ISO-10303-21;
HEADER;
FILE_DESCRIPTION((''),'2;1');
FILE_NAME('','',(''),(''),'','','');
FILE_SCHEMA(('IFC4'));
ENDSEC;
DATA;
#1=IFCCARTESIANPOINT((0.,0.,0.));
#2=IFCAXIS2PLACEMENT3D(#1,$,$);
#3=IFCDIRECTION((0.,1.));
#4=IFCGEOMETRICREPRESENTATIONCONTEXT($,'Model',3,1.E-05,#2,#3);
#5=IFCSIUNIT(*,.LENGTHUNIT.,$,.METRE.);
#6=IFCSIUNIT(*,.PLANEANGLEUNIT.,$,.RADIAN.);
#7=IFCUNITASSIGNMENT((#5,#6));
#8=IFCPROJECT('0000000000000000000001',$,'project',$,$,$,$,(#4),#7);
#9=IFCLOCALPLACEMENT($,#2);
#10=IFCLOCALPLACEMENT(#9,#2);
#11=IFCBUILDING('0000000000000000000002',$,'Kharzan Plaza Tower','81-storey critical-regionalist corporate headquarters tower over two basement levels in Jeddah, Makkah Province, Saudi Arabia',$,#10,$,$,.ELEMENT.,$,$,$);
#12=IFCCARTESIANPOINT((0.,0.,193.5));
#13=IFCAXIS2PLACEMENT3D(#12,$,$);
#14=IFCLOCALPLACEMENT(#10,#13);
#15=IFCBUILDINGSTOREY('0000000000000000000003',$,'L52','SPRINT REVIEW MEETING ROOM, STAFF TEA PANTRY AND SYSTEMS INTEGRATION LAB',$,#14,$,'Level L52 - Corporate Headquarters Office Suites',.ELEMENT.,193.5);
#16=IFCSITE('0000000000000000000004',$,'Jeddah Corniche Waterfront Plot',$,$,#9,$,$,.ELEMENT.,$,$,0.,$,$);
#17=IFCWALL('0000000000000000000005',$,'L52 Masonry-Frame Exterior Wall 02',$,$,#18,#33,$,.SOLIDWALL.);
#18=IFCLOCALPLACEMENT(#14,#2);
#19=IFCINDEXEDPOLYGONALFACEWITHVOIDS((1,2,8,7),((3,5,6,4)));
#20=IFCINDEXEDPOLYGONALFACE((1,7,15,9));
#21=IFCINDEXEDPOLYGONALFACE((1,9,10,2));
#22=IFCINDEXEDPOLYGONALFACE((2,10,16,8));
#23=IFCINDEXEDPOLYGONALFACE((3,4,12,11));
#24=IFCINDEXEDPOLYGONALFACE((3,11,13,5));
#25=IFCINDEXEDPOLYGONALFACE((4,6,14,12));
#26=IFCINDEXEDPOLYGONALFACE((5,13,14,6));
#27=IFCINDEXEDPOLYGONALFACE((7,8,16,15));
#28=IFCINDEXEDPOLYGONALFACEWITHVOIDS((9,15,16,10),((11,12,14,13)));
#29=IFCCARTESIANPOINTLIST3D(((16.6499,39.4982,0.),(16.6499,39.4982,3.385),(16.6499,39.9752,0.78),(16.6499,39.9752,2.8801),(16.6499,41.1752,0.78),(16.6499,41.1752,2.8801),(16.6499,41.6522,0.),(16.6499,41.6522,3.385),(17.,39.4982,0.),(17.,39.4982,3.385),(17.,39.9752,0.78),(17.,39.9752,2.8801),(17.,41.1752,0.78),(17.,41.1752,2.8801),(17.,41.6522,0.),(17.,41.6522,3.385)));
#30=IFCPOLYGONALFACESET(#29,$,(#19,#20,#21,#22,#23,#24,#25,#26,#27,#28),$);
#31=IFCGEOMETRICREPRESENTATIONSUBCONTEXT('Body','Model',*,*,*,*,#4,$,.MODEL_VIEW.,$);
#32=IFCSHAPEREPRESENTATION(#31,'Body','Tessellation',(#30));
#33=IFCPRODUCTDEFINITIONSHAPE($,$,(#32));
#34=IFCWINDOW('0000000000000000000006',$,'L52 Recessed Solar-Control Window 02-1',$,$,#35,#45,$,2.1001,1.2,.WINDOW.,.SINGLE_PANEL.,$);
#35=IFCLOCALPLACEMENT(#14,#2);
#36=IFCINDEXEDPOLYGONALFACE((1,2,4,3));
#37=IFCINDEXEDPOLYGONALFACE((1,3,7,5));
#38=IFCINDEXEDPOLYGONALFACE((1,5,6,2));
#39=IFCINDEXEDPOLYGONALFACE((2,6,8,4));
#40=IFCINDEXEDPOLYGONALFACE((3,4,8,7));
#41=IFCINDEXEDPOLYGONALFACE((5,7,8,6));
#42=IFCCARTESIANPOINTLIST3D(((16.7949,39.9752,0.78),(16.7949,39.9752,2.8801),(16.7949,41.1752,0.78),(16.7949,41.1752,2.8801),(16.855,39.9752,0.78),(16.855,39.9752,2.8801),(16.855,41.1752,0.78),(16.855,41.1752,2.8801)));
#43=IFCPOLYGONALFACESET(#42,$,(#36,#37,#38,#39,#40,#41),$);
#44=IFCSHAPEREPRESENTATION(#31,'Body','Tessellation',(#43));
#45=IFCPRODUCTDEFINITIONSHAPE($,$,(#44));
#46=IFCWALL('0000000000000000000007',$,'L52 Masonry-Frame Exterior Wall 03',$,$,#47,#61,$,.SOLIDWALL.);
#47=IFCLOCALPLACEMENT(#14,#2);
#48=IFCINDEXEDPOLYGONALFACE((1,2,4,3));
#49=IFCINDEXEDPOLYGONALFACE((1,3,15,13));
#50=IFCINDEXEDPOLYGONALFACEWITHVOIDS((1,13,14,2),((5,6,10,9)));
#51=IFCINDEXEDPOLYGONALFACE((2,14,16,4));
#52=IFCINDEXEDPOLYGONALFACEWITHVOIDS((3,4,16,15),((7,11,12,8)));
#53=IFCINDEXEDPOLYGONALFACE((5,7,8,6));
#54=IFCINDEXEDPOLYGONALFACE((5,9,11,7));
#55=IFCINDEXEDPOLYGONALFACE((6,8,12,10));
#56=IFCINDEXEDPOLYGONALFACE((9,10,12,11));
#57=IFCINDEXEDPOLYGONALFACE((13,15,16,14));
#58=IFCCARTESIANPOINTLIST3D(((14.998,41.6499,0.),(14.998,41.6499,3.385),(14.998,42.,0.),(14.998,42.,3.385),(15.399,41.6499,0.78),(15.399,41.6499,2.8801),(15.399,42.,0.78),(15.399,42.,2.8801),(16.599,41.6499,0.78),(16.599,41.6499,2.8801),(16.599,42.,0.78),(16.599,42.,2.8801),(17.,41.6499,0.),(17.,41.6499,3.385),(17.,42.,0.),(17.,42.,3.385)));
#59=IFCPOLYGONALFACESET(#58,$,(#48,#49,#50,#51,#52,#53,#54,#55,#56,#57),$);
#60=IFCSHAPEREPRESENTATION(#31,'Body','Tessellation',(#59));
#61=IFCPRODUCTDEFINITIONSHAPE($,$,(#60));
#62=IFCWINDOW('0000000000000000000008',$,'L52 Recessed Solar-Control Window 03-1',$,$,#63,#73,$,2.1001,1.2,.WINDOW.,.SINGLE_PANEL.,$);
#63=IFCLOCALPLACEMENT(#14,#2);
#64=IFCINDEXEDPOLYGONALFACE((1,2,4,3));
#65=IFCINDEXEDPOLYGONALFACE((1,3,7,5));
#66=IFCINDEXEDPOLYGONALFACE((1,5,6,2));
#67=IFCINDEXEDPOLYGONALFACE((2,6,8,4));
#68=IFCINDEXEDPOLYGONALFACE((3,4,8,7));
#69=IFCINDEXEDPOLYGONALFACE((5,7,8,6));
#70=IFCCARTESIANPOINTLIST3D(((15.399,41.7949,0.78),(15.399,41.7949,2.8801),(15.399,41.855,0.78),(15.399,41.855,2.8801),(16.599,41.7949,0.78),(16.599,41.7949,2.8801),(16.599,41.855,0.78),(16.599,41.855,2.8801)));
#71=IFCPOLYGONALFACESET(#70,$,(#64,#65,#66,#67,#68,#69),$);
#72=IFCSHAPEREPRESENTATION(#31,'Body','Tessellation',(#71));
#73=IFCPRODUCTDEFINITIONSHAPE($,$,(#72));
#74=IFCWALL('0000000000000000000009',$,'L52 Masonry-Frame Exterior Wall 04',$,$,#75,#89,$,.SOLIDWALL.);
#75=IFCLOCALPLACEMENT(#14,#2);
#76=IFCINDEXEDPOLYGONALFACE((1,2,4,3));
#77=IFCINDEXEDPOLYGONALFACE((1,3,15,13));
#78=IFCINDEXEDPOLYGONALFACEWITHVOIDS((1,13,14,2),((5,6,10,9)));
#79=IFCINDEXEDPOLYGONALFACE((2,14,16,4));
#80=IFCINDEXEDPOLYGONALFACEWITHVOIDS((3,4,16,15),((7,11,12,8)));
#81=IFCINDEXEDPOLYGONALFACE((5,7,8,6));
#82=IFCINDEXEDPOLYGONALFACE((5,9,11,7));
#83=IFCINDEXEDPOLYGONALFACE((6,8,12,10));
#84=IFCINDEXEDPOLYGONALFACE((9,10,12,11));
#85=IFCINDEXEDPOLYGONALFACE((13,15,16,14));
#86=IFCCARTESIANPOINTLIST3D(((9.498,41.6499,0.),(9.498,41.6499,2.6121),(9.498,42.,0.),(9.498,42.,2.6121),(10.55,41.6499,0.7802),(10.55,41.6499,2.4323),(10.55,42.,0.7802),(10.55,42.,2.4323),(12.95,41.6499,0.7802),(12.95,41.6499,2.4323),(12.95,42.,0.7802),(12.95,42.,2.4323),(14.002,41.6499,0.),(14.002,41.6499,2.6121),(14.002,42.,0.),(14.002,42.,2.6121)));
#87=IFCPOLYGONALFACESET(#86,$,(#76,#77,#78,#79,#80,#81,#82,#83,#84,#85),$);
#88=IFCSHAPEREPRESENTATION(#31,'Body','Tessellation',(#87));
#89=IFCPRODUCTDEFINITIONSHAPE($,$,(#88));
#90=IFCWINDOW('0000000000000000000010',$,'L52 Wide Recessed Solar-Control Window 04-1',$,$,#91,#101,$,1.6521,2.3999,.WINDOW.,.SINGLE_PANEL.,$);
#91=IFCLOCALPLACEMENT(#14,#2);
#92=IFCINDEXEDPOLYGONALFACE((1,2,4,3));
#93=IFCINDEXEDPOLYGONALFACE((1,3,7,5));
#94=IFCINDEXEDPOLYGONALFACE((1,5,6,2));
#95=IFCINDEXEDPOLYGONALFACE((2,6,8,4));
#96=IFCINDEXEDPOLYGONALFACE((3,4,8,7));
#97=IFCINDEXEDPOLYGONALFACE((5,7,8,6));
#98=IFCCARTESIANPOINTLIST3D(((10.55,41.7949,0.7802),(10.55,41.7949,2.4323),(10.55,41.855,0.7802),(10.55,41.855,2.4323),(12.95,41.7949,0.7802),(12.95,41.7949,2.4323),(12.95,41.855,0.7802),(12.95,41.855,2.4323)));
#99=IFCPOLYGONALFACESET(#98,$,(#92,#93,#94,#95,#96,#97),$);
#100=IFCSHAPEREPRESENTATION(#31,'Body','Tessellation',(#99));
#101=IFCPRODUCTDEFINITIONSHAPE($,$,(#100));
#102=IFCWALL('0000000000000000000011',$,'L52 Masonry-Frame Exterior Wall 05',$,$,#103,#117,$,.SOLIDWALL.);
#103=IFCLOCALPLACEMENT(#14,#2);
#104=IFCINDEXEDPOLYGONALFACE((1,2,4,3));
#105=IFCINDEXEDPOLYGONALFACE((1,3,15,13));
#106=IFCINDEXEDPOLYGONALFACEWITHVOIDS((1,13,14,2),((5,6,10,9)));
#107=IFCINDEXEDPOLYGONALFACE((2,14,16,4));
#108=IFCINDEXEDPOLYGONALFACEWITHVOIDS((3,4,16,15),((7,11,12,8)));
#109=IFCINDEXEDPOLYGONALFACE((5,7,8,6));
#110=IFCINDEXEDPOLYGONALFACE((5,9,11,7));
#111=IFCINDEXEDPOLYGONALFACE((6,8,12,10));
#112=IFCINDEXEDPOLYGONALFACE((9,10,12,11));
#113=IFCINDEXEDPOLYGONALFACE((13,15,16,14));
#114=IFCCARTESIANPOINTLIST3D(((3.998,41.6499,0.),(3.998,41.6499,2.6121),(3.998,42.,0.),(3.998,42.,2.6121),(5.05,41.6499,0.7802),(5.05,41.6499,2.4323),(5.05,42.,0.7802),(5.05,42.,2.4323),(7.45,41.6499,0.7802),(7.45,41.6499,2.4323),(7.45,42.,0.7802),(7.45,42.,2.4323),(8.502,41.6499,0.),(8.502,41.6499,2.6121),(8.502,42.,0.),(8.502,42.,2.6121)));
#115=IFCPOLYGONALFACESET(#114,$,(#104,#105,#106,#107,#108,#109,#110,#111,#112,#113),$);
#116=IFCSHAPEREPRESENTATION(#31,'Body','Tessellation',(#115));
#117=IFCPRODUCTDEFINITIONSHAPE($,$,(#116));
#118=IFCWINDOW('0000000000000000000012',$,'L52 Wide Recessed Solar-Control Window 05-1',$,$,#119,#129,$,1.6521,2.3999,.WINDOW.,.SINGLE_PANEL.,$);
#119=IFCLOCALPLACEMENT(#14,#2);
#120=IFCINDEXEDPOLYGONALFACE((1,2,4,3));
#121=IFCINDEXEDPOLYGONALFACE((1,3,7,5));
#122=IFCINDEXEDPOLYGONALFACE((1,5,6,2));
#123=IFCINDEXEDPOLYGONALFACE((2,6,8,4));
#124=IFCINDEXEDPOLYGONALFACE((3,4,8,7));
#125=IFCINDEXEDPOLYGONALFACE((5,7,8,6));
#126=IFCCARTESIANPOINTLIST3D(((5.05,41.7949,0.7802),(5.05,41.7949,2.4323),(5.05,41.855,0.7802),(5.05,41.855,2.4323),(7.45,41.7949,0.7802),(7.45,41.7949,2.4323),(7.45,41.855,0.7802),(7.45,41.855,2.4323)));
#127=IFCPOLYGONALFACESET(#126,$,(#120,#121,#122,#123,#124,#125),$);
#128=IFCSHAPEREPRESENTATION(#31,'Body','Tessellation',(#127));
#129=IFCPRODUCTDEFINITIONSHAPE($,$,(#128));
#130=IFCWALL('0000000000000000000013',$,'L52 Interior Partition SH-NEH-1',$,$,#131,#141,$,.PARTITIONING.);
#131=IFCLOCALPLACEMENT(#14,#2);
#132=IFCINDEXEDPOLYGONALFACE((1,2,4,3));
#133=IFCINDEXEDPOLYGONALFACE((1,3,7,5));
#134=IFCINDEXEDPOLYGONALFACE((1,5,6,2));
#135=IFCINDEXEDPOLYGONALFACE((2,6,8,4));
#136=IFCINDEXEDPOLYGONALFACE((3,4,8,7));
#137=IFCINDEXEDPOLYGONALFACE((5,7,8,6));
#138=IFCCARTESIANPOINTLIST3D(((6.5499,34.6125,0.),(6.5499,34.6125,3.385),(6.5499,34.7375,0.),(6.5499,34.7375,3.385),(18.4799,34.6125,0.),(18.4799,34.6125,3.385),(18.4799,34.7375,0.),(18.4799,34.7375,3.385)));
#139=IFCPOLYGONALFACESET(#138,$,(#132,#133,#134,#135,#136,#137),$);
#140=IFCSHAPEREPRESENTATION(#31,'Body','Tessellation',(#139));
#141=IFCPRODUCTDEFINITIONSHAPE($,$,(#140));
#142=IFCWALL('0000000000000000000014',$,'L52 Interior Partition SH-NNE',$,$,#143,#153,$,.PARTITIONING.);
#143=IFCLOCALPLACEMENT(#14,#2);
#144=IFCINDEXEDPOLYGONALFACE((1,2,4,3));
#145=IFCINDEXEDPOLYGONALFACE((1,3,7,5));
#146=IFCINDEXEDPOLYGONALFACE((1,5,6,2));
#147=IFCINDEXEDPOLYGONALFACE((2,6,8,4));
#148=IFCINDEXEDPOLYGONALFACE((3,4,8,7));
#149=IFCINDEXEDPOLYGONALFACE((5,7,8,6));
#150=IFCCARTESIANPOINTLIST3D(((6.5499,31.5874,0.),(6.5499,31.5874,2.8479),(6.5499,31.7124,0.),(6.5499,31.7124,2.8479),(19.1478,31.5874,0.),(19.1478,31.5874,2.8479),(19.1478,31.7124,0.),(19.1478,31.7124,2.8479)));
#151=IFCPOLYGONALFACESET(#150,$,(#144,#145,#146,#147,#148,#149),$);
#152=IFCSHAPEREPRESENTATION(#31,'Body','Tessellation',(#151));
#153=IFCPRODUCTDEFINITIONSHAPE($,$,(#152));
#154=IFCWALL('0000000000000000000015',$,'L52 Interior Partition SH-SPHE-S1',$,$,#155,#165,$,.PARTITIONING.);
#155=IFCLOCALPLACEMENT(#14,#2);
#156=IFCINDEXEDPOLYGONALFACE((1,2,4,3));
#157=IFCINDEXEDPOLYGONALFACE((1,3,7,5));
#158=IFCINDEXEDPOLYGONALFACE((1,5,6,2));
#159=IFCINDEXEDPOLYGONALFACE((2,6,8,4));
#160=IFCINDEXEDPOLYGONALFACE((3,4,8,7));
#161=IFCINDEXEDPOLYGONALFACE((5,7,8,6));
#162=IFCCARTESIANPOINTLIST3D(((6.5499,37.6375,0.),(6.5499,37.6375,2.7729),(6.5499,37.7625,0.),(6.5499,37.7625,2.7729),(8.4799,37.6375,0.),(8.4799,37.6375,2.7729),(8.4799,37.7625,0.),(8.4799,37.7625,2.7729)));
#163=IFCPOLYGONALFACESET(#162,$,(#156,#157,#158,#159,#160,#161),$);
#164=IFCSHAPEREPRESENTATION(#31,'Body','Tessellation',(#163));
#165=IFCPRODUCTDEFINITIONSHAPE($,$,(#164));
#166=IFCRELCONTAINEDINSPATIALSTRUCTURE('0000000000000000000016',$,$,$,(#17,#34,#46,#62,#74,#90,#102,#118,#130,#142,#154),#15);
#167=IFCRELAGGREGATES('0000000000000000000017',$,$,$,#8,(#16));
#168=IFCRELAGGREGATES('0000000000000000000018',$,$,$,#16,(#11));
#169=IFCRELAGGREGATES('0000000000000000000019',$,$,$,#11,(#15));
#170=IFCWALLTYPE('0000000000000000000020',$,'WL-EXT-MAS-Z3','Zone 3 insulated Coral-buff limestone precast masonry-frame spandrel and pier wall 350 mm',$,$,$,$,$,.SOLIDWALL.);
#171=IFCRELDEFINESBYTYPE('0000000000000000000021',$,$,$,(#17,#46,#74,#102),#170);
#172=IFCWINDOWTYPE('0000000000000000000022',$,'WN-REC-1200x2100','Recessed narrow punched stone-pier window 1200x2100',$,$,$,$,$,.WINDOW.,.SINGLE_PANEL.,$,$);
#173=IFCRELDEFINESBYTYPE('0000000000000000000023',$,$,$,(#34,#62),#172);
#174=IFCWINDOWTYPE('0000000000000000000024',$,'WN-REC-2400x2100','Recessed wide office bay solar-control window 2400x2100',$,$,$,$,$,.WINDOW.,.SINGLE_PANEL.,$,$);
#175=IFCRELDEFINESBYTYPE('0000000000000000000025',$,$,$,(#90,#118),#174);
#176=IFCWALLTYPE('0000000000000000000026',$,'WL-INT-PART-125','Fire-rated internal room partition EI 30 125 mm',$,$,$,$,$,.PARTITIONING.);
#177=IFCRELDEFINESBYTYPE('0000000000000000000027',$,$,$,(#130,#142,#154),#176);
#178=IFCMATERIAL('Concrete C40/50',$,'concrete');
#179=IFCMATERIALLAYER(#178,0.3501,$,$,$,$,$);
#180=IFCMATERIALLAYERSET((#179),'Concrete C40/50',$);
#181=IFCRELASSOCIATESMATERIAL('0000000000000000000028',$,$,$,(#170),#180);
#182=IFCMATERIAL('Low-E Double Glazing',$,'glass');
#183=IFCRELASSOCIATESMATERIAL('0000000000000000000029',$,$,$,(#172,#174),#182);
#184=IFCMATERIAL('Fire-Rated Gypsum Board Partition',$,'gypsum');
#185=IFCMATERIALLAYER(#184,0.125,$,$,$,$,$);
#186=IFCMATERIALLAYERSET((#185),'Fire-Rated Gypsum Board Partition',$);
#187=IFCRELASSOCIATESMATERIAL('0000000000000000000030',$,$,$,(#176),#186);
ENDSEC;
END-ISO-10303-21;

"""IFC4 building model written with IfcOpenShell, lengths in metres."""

from ifc_helpers import new_model, si_unit, direction, frame, frame_2d, origin, place, context, subcontext, project, spatial, rectangle, extrude, source, transform, mapped, material, layer, layer_set, type_object, element, fill, save


model = new_model("IFC4")

# Units and contexts
model_context = context("Model", 3, precision=1e-05, world=origin(), true_north=direction((0.0, 1.0)))
body_context = subcontext(model_context, "Body", "Model", "MODEL_VIEW")
ifc_project = project(units=[si_unit("LENGTHUNIT", "METRE"), si_unit("PLANEANGLEUNIT", "RADIAN")], contexts=[model_context])

# Site, building, storey
site_placement = place(None, origin())
site = spatial("IfcSite", under=ifc_project, at=site_placement, Name="Jeddah Corniche Waterfront Plot", CompositionType="ELEMENT", RefElevation=0.0)
building_placement = place(site_placement, origin())
building = spatial("IfcBuilding", under=site, at=building_placement, Name="Kharzan Plaza Tower", Description="81-storey critical-regionalist corporate headquarters tower over two basement levels in Jeddah, Makkah Province, Saudi Arabia", CompositionType="ELEMENT")
storey_placement = place(building_placement, frame((0.0, 0.0, 193.5)))
storey = spatial("IfcBuildingStorey", under=building, at=storey_placement, Name="L52", Description="SPRINT REVIEW MEETING ROOM, STAFF TEA PANTRY AND SYSTEMS INTEGRATION LAB", LongName="Level L52 - Corporate Headquarters Office Suites", CompositionType="ELEMENT", Elevation=193.5)

# Walls, openings, windows
ifc_material_1 = material(Name="Concrete C40/50", Category="concrete")
ifc_layer_1 = layer(ifc_material_1, 0.3501)
ifc_layer_set_1 = layer_set([ifc_layer_1], Name="Concrete C40/50")
wall_type_1 = type_object("IfcWallType", Name="WL-EXT-MAS-Z3", Description="Zone 3 insulated Coral-buff limestone precast masonry-frame spandrel and pier wall 350 mm", PredefinedType="SOLIDWALL", material=ifc_layer_set_1)
wall_1_placement = place(storey_placement, frame((16.825, 39.498, 0.0), z_axis=(0.0, 0.0, 1.0), x_axis=(0.0, 1.0, 0.0)))
wall_1 = element("IfcWall", 1, at=wall_1_placement, inside=storey, type_object=wall_type_1, Name="L52 Masonry-Frame Exterior Wall 02", PredefinedType="SOLIDWALL", context=body_context, shape_type="SweptSolid", body=[
    extrude(rectangle(XDim=2.1541, YDim=0.3501, at=frame_2d((1.0771, 0.0))), origin(), (0.0, 0.0, 1.0), 3.385),
])
opening_1_placement = place(wall_1_placement, frame((0.4771, 0.0, 0.78)))
opening_1 = element("IfcOpeningElement", 2, at=opening_1_placement, cuts=wall_1, PredefinedType="OPENING", context=body_context, shape_type="SweptSolid", body=[
    extrude(rectangle(XDim=1.2, YDim=2.1001, at=frame_2d((0.6001, 1.05))), frame((0.0, 0.1851, 0.0), z_axis=(0.0, -1.0, 0.0), x_axis=(1.0, 0.0, 0.0)), (0.0, 0.0, 1.0), 0.3701),
])
ifc_material_2 = material(Name="Low-E Double Glazing", Category="glass")
window_type_1 = type_object("IfcWindowType", Name="WN-REC-1200x2100", Description="Recessed narrow punched stone-pier window 1200x2100", PartitioningType="SINGLE_PANEL", PredefinedType="WINDOW", material=ifc_material_2)
shared_shape_1 = source(origin(), body_context, "Body", "SweptSolid", [
    extrude(rectangle(XDim=1.2, YDim=2.1001, at=frame_2d((0.6001, 1.05))), frame((0.0, 0.03, 0.0), z_axis=(0.0, -1.0, 0.0), x_axis=(1.0, 0.0, 0.0)), (0.0, 0.0, 1.0), 0.0601),
])
window_1_placement = place(opening_1_placement, origin())
window_1 = element("IfcWindow", 3, at=window_1_placement, inside=storey, type_object=window_type_1, Name="L52 Recessed Solar-Control Window 02-1", OverallHeight=2.1001, OverallWidth=1.2, PartitioningType="SINGLE_PANEL", PredefinedType="WINDOW", context=body_context, shape_type="MappedRepresentation", body=[
    mapped(shared_shape_1, transform((0.0, 0.0, 0.0), x_axis=(1.0, 0.0, 0.0), y_axis=(0.0, 1.0, 0.0), z_axis=(0.0, 0.0, 1.0))),
])
fill(opening_1, window_1)
wall_2_placement = place(storey_placement, frame((17.0, 41.825, 0.0), z_axis=(0.0, 0.0, 1.0), x_axis=(-1.0, 0.0, 0.0)))
wall_2 = element("IfcWall", 4, at=wall_2_placement, inside=storey, type_object=wall_type_1, Name="L52 Masonry-Frame Exterior Wall 03", PredefinedType="SOLIDWALL", context=body_context, shape_type="SweptSolid", body=[
    extrude(rectangle(XDim=2.002, YDim=0.3501, at=frame_2d((1.001, 0.0))), origin(), (0.0, 0.0, 1.0), 3.385),
])
opening_2_placement = place(wall_2_placement, frame((0.4009, 0.0, 0.78)))
opening_2 = element("IfcOpeningElement", 5, at=opening_2_placement, cuts=wall_2, PredefinedType="OPENING", context=body_context, shape_type="SweptSolid", body=[
    extrude(rectangle(XDim=1.2, YDim=2.1001, at=frame_2d((0.6001, 1.05))), frame((0.0, 0.1851, 0.0), z_axis=(0.0, -1.0, 0.0), x_axis=(1.0, 0.0, 0.0)), (0.0, 0.0, 1.0), 0.3701),
])
window_2_placement = place(opening_2_placement, origin())
window_2 = element("IfcWindow", 6, at=window_2_placement, inside=storey, type_object=window_type_1, Name="L52 Recessed Solar-Control Window 03-1", OverallHeight=2.1001, OverallWidth=1.2, PartitioningType="SINGLE_PANEL", PredefinedType="WINDOW", context=body_context, shape_type="MappedRepresentation", body=[
    mapped(shared_shape_1, transform((0.0, 0.0, 0.0), x_axis=(1.0, 0.0, 0.0), y_axis=(0.0, 1.0, 0.0), z_axis=(0.0, 0.0, 1.0))),
])
fill(opening_2, window_2)
wall_3_placement = place(storey_placement, frame((14.002, 41.825, 0.0), z_axis=(0.0, 0.0, 1.0), x_axis=(-1.0, 0.0, 0.0)))
wall_3 = element("IfcWall", 7, at=wall_3_placement, inside=storey, type_object=wall_type_1, Name="L52 Masonry-Frame Exterior Wall 04", PredefinedType="SOLIDWALL", context=body_context, shape_type="SweptSolid", body=[
    extrude(rectangle(XDim=4.5039, YDim=0.3501, at=frame_2d((2.252, 0.0))), origin(), (0.0, 0.0, 1.0), 2.6121),
])
opening_3_placement = place(wall_3_placement, frame((1.052, 0.0, 0.78)))
opening_3 = element("IfcOpeningElement", 8, at=opening_3_placement, cuts=wall_3, PredefinedType="OPENING", context=body_context, shape_type="SweptSolid", body=[
    extrude(rectangle(XDim=2.3999, YDim=1.6521, at=frame_2d((1.2, 0.8262))), frame((0.0, 0.1851, 0.0), z_axis=(0.0, -1.0, 0.0), x_axis=(1.0, 0.0, 0.0)), (0.0, 0.0, 1.0), 0.3701),
])
window_type_2 = type_object("IfcWindowType", Name="WN-REC-2400x2100", Description="Recessed wide office bay solar-control window 2400x2100", PartitioningType="SINGLE_PANEL", PredefinedType="WINDOW", material=ifc_material_2)
shared_shape_2 = source(origin(), body_context, "Body", "SweptSolid", [
    extrude(rectangle(XDim=2.3999, YDim=1.6521, at=frame_2d((1.2, 0.8262))), frame((0.0, 0.03, 0.0), z_axis=(0.0, -1.0, 0.0), x_axis=(1.0, 0.0, 0.0)), (0.0, 0.0, 1.0), 0.0601),
])
window_3_placement = place(opening_3_placement, origin())
window_3 = element("IfcWindow", 9, at=window_3_placement, inside=storey, type_object=window_type_2, Name="L52 Wide Recessed Solar-Control Window 04-1", OverallHeight=1.6521, OverallWidth=2.3999, PartitioningType="SINGLE_PANEL", PredefinedType="WINDOW", context=body_context, shape_type="MappedRepresentation", body=[
    mapped(shared_shape_2, transform((0.0, 0.0, 0.0), x_axis=(1.0, 0.0, 0.0), y_axis=(0.0, 1.0, 0.0), z_axis=(0.0, 0.0, 1.0))),
])
fill(opening_3, window_3)
wall_4_placement = place(storey_placement, frame((8.502, 41.825, 0.0), z_axis=(0.0, 0.0, 1.0), x_axis=(-1.0, 0.0, 0.0)))
wall_4 = element("IfcWall", 10, at=wall_4_placement, inside=storey, type_object=wall_type_1, Name="L52 Masonry-Frame Exterior Wall 05", PredefinedType="SOLIDWALL", context=body_context, shape_type="SweptSolid", body=[
    extrude(rectangle(XDim=4.5039, YDim=0.3501, at=frame_2d((2.252, 0.0))), origin(), (0.0, 0.0, 1.0), 2.6121),
])
opening_4_placement = place(wall_4_placement, frame((1.052, 0.0, 0.78)))
opening_4 = element("IfcOpeningElement", 11, at=opening_4_placement, cuts=wall_4, PredefinedType="OPENING", context=body_context, shape_type="SweptSolid", body=[
    extrude(rectangle(XDim=2.3999, YDim=1.6521, at=frame_2d((1.2, 0.8262))), frame((0.0, 0.1851, 0.0), z_axis=(0.0, -1.0, 0.0), x_axis=(1.0, 0.0, 0.0)), (0.0, 0.0, 1.0), 0.3701),
])
window_4_placement = place(opening_4_placement, origin())
window_4 = element("IfcWindow", 12, at=window_4_placement, inside=storey, type_object=window_type_2, Name="L52 Wide Recessed Solar-Control Window 05-1", OverallHeight=1.6521, OverallWidth=2.3999, PartitioningType="SINGLE_PANEL", PredefinedType="WINDOW", context=body_context, shape_type="MappedRepresentation", body=[
    mapped(shared_shape_2, transform((0.0, 0.0, 0.0), x_axis=(1.0, 0.0, 0.0), y_axis=(0.0, 1.0, 0.0), z_axis=(0.0, 0.0, 1.0))),
])
fill(opening_4, window_4)

# Shared definitions
ifc_material_3 = material(Name="Fire-Rated Gypsum Board Partition", Category="gypsum")
ifc_layer_2 = layer(ifc_material_3, 0.125)
ifc_layer_set_2 = layer_set([ifc_layer_2], Name="Fire-Rated Gypsum Board Partition")
wall_type_2 = type_object("IfcWallType", Name="WL-INT-PART-125", Description="Fire-rated internal room partition EI 30 125 mm", PredefinedType="PARTITIONING", material=ifc_layer_set_2)

# Walls
shared_shape_3 = source(origin(), body_context, "Body", "SweptSolid", [
    extrude(rectangle(XDim=11.9299, YDim=0.125, at=frame_2d((5.9648, 0.0))), origin(), (0.0, 0.0, 1.0), 3.385),
])
wall_5_placement = place(storey_placement, frame((6.55, 34.675, 0.0), z_axis=(0.0, 0.0, 1.0), x_axis=(1.0, 0.0, 0.0)))
element("IfcWall", 13, at=wall_5_placement, inside=storey, type_object=wall_type_2, Name="L52 Interior Partition SH-NEH-1", PredefinedType="PARTITIONING", context=body_context, shape_type="MappedRepresentation", body=[
    mapped(shared_shape_3, transform((0.0, 0.0, 0.0), x_axis=(1.0, 0.0, 0.0), y_axis=(0.0, 1.0, 0.0), z_axis=(0.0, 0.0, 1.0))),
])
shared_shape_4 = source(origin(), body_context, "Body", "SweptSolid", [
    extrude(rectangle(XDim=12.5979, YDim=0.125, at=frame_2d((6.2988, 0.0))), origin(), (0.0, 0.0, 1.0), 2.8479),
])
wall_6_placement = place(storey_placement, frame((6.55, 31.6499, 0.0), z_axis=(0.0, 0.0, 1.0), x_axis=(1.0, 0.0, 0.0)))
element("IfcWall", 14, at=wall_6_placement, inside=storey, type_object=wall_type_2, Name="L52 Interior Partition SH-NNE", PredefinedType="PARTITIONING", context=body_context, shape_type="MappedRepresentation", body=[
    mapped(shared_shape_4, transform((0.0, 0.0, 0.0), x_axis=(1.0, 0.0, 0.0), y_axis=(0.0, 1.0, 0.0), z_axis=(0.0, 0.0, 1.0))),
])
shared_shape_5 = source(origin(), body_context, "Body", "SweptSolid", [
    extrude(rectangle(XDim=1.9299, YDim=0.125, at=frame_2d((0.9648, 0.0))), origin(), (0.0, 0.0, 1.0), 2.7729),
])
wall_7_placement = place(storey_placement, frame((6.55, 37.7, 0.0), z_axis=(0.0, 0.0, 1.0), x_axis=(1.0, 0.0, 0.0)))
element("IfcWall", 15, at=wall_7_placement, inside=storey, type_object=wall_type_2, Name="L52 Interior Partition SH-SPHE-S1", PredefinedType="PARTITIONING", context=body_context, shape_type="MappedRepresentation", body=[
    mapped(shared_shape_5, transform((0.0, 0.0, 0.0), x_axis=(1.0, 0.0, 0.0), y_axis=(0.0, 1.0, 0.0), z_axis=(0.0, 0.0, 1.0))),
])

save(model, "model.ifc")
